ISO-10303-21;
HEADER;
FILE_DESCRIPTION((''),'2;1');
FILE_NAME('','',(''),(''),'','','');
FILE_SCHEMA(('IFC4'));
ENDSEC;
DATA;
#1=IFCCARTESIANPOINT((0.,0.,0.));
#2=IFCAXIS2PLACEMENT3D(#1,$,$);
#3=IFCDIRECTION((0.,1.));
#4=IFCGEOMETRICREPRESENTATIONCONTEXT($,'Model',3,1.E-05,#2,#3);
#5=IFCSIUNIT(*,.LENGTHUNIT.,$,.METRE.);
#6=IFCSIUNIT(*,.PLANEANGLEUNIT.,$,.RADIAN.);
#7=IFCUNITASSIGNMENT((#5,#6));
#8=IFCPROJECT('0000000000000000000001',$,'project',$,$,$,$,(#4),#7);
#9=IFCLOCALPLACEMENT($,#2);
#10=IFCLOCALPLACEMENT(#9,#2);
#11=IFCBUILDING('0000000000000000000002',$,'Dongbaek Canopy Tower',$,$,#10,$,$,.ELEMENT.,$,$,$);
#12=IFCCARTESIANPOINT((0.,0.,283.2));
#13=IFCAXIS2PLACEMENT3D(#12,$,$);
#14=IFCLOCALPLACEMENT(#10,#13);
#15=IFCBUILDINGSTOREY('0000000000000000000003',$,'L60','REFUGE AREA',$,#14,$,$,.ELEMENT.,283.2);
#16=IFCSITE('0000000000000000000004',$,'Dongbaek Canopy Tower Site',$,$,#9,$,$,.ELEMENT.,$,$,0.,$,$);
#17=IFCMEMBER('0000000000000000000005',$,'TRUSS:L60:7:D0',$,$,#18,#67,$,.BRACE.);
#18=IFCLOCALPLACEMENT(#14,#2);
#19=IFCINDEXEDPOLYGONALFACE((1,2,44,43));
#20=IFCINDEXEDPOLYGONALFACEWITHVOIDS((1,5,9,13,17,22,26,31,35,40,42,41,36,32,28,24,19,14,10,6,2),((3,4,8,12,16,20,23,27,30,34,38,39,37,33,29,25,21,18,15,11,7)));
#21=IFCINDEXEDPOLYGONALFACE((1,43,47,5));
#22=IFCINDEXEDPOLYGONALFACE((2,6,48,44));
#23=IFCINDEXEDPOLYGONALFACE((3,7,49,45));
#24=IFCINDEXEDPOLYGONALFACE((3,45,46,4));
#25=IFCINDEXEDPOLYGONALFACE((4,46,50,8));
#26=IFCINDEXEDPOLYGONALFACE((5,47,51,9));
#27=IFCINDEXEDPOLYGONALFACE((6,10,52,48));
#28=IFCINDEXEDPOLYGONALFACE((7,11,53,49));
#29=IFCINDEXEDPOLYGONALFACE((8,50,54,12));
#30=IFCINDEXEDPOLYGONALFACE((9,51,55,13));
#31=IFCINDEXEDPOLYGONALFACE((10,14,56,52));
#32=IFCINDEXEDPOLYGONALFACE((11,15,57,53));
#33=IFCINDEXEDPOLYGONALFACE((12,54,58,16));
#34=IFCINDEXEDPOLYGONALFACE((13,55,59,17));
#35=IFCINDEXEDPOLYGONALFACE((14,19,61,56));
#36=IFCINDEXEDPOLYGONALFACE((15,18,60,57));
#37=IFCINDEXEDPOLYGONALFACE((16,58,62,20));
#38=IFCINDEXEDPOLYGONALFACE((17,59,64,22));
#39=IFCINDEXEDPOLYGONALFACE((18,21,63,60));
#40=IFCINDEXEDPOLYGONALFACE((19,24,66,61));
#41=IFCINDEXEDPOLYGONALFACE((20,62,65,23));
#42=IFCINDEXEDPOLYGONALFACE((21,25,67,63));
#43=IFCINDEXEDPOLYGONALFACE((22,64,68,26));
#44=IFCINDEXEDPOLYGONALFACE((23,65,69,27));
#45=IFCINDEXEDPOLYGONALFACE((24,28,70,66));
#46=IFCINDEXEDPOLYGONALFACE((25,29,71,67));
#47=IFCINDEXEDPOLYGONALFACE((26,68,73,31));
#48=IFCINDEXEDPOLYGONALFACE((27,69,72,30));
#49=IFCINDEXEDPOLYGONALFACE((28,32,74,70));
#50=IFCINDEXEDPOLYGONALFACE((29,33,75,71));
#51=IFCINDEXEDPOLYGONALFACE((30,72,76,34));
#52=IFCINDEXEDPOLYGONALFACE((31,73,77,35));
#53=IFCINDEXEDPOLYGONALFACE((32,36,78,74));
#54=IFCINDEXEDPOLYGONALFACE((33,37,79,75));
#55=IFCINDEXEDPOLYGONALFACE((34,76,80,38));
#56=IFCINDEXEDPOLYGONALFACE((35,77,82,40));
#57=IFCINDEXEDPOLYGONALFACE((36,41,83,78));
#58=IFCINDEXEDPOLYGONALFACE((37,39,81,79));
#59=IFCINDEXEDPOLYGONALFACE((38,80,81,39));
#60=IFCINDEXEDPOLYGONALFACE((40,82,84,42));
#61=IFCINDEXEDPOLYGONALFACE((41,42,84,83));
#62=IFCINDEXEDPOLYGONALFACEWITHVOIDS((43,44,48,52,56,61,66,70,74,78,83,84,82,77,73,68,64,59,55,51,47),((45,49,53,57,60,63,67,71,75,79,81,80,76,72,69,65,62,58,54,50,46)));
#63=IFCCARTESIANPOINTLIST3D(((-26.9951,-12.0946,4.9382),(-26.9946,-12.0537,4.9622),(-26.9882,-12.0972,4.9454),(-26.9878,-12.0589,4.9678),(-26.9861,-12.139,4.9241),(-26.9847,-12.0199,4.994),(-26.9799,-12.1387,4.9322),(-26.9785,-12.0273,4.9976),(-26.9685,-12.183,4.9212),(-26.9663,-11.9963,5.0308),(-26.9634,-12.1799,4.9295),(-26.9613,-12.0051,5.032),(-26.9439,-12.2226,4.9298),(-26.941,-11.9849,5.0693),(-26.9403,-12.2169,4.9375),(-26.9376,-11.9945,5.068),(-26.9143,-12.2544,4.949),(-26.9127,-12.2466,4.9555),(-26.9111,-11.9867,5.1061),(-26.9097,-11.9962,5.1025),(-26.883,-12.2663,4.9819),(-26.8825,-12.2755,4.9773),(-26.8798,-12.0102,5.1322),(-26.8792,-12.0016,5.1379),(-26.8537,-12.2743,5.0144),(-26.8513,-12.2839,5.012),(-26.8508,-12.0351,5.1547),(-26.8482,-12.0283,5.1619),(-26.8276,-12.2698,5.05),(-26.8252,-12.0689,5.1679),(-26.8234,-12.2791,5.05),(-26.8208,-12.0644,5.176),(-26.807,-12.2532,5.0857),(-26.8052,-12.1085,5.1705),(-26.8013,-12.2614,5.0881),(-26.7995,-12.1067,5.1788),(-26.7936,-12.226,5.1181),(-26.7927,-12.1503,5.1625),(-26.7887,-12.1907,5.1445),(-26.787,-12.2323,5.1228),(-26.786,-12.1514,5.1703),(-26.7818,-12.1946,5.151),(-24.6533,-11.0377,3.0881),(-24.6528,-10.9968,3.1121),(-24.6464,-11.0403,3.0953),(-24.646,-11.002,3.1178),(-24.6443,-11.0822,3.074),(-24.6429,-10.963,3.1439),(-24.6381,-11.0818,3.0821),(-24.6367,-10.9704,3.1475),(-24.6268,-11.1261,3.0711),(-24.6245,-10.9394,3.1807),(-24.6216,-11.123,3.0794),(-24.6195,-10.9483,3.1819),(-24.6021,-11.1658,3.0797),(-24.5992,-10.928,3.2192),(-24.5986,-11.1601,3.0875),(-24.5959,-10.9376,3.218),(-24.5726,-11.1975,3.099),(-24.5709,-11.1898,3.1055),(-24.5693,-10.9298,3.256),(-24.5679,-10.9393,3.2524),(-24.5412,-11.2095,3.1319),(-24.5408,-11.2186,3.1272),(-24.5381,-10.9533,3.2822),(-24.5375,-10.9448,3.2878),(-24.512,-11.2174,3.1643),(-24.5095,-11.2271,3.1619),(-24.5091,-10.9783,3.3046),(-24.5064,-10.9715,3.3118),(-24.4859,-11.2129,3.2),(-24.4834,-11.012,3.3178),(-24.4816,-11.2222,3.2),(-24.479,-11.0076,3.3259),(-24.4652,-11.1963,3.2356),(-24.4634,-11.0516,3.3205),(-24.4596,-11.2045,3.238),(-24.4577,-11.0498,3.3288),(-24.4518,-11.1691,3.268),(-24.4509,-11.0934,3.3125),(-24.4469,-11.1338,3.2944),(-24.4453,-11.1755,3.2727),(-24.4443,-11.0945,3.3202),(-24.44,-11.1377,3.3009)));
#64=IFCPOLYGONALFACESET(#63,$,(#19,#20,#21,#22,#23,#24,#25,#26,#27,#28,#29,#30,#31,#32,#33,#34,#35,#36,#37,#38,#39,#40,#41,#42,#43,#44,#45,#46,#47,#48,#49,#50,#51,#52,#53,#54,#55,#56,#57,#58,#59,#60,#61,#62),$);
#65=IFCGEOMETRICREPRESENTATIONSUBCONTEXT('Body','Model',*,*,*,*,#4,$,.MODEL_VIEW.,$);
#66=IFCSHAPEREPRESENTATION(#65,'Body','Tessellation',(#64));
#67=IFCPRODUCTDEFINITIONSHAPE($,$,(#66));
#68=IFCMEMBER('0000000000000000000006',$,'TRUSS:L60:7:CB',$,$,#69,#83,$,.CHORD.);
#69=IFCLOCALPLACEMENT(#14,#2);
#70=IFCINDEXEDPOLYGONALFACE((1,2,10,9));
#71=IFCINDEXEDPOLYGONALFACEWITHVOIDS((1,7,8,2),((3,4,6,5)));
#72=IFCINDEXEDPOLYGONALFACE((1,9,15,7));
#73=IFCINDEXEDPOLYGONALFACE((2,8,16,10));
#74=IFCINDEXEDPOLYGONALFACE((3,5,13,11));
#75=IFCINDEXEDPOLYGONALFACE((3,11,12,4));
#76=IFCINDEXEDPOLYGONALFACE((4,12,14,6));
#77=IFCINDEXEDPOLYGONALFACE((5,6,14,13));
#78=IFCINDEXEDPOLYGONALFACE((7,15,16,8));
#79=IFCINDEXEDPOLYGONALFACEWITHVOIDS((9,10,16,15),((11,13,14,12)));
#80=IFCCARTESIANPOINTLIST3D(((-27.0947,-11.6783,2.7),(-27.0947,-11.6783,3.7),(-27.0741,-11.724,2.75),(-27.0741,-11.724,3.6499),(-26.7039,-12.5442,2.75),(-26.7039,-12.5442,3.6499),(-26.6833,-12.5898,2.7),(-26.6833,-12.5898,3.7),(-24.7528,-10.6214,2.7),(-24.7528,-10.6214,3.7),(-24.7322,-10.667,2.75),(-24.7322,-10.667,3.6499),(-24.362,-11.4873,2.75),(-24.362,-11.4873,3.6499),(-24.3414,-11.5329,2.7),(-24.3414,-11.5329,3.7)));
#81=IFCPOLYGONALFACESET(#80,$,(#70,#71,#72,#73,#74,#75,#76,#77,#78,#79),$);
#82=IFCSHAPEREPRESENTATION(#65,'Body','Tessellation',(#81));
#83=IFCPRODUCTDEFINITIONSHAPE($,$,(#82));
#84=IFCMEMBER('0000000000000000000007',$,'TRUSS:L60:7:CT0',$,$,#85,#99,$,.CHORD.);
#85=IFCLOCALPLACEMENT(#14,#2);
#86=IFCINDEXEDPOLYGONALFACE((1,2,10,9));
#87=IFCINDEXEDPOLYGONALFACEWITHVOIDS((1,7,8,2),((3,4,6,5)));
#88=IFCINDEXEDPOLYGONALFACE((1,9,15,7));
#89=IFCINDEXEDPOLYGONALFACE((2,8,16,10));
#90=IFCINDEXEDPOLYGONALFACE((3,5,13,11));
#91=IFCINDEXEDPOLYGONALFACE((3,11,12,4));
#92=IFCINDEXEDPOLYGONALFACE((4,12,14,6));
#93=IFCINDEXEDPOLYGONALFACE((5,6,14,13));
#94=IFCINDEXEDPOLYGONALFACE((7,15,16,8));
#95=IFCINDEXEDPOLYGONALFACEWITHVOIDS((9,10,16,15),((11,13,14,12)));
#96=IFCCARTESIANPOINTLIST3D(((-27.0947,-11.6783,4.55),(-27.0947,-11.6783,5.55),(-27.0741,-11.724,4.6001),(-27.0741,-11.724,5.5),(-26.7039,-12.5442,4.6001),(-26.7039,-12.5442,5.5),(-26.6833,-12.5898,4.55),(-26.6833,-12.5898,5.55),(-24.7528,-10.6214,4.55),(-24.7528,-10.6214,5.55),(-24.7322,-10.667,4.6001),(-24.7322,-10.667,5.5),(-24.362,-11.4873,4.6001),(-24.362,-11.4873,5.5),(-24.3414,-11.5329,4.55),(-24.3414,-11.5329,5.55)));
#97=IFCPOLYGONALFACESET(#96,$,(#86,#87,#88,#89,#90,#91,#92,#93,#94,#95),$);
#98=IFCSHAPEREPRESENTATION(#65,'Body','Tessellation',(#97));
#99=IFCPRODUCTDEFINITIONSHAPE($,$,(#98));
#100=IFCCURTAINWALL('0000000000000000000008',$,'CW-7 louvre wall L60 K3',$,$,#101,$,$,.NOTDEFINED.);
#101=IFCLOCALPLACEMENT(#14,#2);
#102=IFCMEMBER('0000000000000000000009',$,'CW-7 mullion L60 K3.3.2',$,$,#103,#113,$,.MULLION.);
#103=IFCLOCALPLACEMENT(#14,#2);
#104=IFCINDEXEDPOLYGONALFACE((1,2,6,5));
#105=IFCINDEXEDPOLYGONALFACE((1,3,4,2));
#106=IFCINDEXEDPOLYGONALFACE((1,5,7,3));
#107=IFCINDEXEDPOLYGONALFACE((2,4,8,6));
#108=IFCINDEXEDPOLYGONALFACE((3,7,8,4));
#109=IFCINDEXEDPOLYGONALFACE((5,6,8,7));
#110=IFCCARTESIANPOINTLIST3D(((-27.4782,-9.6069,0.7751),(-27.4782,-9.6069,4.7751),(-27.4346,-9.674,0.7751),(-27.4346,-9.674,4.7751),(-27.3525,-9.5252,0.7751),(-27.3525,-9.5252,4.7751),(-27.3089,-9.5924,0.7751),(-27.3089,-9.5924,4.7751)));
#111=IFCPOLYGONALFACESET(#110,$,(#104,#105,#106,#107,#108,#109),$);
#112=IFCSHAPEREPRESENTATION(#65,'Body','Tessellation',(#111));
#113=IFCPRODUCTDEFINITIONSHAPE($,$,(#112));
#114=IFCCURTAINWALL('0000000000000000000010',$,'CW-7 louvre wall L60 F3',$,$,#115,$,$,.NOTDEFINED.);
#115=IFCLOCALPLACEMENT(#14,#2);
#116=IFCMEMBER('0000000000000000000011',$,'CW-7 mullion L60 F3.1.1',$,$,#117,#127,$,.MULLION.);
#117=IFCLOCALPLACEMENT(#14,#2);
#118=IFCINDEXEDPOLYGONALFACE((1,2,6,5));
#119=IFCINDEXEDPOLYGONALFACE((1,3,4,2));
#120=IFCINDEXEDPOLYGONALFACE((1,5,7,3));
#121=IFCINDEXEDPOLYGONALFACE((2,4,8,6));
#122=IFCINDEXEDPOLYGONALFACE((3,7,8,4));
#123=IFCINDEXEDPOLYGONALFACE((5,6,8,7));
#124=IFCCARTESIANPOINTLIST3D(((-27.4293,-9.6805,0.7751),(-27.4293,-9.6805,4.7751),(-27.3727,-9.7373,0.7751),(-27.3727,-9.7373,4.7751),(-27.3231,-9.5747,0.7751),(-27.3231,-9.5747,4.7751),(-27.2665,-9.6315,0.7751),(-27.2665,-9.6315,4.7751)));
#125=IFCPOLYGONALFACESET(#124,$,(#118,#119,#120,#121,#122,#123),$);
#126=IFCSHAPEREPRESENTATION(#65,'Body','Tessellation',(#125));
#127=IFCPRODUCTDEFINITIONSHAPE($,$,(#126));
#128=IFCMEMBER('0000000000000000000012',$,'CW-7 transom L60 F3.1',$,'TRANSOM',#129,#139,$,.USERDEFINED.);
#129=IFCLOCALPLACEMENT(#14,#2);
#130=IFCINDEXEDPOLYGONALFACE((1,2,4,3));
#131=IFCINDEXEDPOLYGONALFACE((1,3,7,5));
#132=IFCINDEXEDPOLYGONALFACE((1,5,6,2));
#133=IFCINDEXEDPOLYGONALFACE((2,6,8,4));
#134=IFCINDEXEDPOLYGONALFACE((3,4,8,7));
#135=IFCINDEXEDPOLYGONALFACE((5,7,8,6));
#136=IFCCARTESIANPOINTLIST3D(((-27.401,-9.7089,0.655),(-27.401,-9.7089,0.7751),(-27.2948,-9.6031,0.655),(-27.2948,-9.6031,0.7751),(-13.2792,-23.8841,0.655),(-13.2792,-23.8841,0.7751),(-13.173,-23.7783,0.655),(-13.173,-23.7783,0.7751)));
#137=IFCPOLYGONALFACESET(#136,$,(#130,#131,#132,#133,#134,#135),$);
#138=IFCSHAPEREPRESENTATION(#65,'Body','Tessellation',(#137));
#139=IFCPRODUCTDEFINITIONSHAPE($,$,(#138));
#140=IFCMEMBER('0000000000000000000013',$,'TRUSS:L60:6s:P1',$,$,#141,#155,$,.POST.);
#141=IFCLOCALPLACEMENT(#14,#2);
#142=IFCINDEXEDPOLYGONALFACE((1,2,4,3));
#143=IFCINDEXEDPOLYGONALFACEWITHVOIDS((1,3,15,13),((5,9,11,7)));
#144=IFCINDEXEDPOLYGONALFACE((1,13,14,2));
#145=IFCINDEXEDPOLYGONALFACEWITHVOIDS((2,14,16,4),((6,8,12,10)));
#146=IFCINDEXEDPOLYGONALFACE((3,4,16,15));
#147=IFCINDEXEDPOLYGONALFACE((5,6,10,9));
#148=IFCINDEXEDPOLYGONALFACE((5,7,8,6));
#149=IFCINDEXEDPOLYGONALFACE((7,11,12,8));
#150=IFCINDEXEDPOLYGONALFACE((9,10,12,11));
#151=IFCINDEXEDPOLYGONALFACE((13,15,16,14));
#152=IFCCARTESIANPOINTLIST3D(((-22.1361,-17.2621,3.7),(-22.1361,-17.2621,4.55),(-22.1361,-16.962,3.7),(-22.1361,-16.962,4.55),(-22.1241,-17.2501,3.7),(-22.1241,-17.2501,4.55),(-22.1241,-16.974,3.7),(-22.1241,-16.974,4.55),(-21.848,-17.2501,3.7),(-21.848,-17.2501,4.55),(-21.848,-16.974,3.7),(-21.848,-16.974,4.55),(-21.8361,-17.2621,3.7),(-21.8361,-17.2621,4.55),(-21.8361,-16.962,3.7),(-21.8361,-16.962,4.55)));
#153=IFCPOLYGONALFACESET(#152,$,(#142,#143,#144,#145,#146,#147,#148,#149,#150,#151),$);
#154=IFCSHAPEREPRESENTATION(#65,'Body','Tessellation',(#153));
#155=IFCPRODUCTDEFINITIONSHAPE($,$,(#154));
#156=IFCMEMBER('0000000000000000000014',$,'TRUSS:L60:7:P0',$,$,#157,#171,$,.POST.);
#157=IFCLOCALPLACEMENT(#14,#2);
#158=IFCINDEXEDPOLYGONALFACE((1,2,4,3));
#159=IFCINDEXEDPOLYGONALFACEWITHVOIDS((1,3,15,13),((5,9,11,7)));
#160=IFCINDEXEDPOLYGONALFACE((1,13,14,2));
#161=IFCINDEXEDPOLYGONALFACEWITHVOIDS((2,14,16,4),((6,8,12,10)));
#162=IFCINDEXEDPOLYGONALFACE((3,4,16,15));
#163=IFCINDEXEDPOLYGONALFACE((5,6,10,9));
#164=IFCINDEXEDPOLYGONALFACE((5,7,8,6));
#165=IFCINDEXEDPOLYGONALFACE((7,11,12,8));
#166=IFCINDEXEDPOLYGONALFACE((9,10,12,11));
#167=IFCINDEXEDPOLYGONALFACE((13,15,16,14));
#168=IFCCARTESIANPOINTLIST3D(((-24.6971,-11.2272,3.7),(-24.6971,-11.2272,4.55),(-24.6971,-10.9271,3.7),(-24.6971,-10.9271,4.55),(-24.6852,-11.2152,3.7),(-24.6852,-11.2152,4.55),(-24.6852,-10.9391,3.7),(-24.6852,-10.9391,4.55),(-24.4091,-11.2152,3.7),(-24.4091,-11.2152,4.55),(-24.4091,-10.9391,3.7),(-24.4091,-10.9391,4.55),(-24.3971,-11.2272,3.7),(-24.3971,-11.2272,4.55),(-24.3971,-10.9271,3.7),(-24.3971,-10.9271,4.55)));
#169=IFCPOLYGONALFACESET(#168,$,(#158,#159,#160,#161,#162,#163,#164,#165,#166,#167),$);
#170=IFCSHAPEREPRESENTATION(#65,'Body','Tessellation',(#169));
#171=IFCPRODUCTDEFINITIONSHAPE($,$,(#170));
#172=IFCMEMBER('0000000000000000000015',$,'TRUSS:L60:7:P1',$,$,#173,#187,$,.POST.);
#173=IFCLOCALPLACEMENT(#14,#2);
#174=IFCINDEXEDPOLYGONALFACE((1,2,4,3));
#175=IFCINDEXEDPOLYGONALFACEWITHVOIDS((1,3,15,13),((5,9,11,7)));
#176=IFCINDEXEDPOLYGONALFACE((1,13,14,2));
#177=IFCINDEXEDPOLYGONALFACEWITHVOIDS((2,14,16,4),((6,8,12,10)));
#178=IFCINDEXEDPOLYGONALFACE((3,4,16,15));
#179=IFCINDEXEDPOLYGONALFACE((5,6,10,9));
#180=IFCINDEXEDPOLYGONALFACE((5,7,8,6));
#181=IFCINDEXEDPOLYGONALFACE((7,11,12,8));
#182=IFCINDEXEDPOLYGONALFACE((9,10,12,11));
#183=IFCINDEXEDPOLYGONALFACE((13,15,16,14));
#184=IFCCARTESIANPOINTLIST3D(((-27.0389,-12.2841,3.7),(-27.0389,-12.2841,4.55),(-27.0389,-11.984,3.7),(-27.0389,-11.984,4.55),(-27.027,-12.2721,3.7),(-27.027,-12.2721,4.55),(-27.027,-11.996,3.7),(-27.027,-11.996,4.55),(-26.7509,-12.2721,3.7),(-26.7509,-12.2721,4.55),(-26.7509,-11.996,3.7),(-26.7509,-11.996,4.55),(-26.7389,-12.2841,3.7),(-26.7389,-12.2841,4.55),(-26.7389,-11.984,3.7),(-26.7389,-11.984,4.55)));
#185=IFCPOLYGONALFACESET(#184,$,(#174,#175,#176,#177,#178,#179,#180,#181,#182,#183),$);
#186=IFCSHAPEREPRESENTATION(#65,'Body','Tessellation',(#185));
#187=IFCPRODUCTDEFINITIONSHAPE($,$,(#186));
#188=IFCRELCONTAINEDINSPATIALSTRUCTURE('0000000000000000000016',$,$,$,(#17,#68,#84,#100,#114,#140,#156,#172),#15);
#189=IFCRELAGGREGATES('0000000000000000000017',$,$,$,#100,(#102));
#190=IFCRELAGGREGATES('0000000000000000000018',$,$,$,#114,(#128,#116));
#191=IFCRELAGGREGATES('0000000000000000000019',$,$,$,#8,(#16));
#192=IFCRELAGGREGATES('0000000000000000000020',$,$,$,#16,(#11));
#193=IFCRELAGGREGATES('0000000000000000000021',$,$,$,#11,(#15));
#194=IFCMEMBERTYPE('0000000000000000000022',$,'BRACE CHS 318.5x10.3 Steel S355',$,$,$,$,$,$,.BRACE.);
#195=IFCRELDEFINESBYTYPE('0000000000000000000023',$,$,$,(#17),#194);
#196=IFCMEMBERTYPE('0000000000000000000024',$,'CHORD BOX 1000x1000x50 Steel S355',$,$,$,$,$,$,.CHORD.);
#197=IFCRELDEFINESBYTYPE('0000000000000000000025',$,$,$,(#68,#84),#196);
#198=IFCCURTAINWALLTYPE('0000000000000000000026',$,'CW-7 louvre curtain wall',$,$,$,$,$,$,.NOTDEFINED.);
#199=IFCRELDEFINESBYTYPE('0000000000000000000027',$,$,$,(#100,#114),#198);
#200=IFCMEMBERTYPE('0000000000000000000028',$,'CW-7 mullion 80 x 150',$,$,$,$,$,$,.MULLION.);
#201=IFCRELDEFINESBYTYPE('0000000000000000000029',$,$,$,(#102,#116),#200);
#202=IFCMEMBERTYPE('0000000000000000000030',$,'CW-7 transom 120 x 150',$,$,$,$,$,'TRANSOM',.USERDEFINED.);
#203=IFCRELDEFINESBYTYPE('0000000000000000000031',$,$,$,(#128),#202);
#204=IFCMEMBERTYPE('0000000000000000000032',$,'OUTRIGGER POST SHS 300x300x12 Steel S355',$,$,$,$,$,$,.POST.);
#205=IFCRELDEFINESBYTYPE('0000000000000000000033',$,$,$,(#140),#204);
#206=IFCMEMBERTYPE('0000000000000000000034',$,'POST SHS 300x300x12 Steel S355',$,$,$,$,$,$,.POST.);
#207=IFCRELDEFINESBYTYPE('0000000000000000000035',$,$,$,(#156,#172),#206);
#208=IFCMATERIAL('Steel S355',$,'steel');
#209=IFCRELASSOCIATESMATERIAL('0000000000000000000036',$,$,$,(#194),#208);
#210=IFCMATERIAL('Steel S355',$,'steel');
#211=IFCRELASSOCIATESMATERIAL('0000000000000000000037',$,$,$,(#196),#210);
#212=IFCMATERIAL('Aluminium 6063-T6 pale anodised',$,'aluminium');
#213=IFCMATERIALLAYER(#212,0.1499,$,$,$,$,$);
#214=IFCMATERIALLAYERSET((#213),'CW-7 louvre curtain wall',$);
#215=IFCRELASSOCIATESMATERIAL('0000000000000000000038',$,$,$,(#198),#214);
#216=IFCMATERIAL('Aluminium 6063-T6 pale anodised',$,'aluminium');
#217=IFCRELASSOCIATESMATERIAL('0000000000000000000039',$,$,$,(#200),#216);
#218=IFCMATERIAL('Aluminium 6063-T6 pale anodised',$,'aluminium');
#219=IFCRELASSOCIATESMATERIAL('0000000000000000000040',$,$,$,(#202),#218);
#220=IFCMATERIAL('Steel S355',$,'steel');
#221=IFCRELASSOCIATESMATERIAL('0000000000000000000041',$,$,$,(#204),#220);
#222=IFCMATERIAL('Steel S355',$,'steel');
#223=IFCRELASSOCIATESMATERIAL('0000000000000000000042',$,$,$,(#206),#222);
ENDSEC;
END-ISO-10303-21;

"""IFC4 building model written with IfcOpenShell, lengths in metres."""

from ifc_helpers import new_model, si_unit, direction, frame, origin, origin_2d, place, context, subcontext, project, spatial, rectangle, hollow_rectangle, hollow_circle, extrude, material, layer, layer_set, material_profile, profile_set, type_object, element, aggregate, save


model = new_model("IFC4")

# Units and contexts
model_context = context("Model", 3, precision=1e-05, world=origin(), true_north=direction((0.0, 1.0)))
body_context = subcontext(model_context, "Body", "Model", "MODEL_VIEW")
ifc_project = project(units=[si_unit("LENGTHUNIT", "METRE"), si_unit("PLANEANGLEUNIT", "RADIAN")], contexts=[model_context])

# Site, building, storey
site_placement = place(None, origin())
site = spatial("IfcSite", under=ifc_project, at=site_placement, Name="Dongbaek Canopy Tower Site", CompositionType="ELEMENT", RefElevation=0.0)
building_placement = place(site_placement, origin())
building = spatial("IfcBuilding", under=site, at=building_placement, Name="Dongbaek Canopy Tower", CompositionType="ELEMENT")
storey_placement = place(building_placement, frame((0.0, 0.0, 283.2)))
storey = spatial("IfcBuildingStorey", under=building, at=storey_placement, Name="L60", Description="REFUGE AREA", CompositionType="ELEMENT", Elevation=283.2)

# Members
ifc_material_1 = material(Name="Steel S355", Category="steel")
ifc_material_profile_1 = material_profile(ifc_material_1, hollow_circle(Radius=0.1592, WallThickness=0.0103, at=origin_2d()), Name="BRACE CHS 318.5x10.3 Steel S355")
ifc_profile_set_1 = profile_set([ifc_material_profile_1], Name="Steel S355")
member_type_1 = type_object("IfcMemberType", Name="BRACE CHS 318.5x10.3 Steel S355", PredefinedType="BRACE", material=ifc_profile_set_1)
member_1_placement = place(storey_placement, frame((-24.5471, -11.0771, 3.2), z_axis=(-0.739659, -0.333818, 0.584355), x_axis=(0.41136, -0.911473, 0.0)))
element("IfcMember", 1, at=member_1_placement, inside=storey, type_object=member_type_1, Name="TRUSS:L60:7:D0", PredefinedType="BRACE", context=body_context, shape_type="SweptSolid", body=[
    extrude(hollow_circle(Radius=0.1592, WallThickness=0.0103, at=origin_2d()), origin(), (0.0, 0.0, 1.0), 3.166),
])
ifc_material_2 = material(Name="Steel S355", Category="steel")
ifc_material_profile_2 = material_profile(ifc_material_2, hollow_rectangle(XDim=1.0, YDim=1.0, WallThickness=0.05, at=origin_2d()), Name="CHORD BOX 1000x1000x50 Steel S355")
ifc_profile_set_2 = profile_set([ifc_material_profile_2], Name="Steel S355")
member_type_2 = type_object("IfcMemberType", Name="CHORD BOX 1000x1000x50 Steel S355", PredefinedType="CHORD", material=ifc_profile_set_2)
for number, where, z_axis, x_axis, name in (
    (2, (-24.5471, -11.0771, 3.2), (-0.911473, -0.41136, 0.0), (0.41136, -0.911473, 0.0), "TRUSS:L60:7:CB"),
    (3, (-24.5471, -11.0771, 5.05), (-0.911473, -0.41136, 0.0), (0.41136, -0.911473, 0.0), "TRUSS:L60:7:CT0"),
):
    element("IfcMember", number, at=place(storey_placement, frame(where, z_axis=z_axis, x_axis=x_axis)), inside=storey, type_object=member_type_2, Name=name, PredefinedType="CHORD", context=body_context, shape_type="SweptSolid", body=[
        extrude(hollow_rectangle(XDim=1.0, YDim=1.0, WallThickness=0.05, at=origin_2d()), origin(), (0.0, 0.0, 1.0), 2.5693),
    ])

# Curtain wall, member
ifc_material_3 = material(Name="Aluminium 6063-T6 pale anodised", Category="aluminium")
ifc_layer_1 = layer(ifc_material_3, 0.1499)
ifc_layer_set_1 = layer_set([ifc_layer_1], Name="CW-7 louvre curtain wall")
curtain_wall_type = type_object("IfcCurtainWallType", Name="CW-7 louvre curtain wall", PredefinedType="NOTDEFINED", material=ifc_layer_set_1)
curtain_wall_1_placement = place(storey_placement, origin())
curtain_wall_1 = element("IfcCurtainWall", 4, at=curtain_wall_1_placement, inside=storey, type_object=curtain_wall_type, Name="CW-7 louvre wall L60 K3", PredefinedType="NOTDEFINED")
ifc_material_4 = material(Name="Aluminium 6063-T6 pale anodised", Category="aluminium")
ifc_material_profile_3 = material_profile(ifc_material_4, rectangle(XDim=0.1499, YDim=0.0801, at=origin_2d()), Name="CW-7 mullion 80 x 150")
ifc_profile_set_3 = profile_set([ifc_material_profile_3], Name="Aluminium 6063-T6 pale anodised")
member_type_3 = type_object("IfcMemberType", Name="CW-7 mullion 80 x 150", PredefinedType="MULLION", material=ifc_profile_set_3)
member_2_placement = place(storey_placement, frame((-27.3936, -9.5996, 0.7751), z_axis=(0.0, 0.0, 1.0), x_axis=(-0.838611, -0.54473, 0.0)))
member_2 = element("IfcMember", 5, at=member_2_placement, type_object=member_type_3, Name="CW-7 mullion L60 K3.3.2", PredefinedType="MULLION", context=body_context, shape_type="SweptSolid", body=[
    extrude(rectangle(XDim=0.1499, YDim=0.0801, at=origin_2d()), origin(), (0.0, 0.0, 1.0), 4.0),
])
aggregate(curtain_wall_1, [member_2])

# Curtain wall, members
curtain_wall_2_placement = place(storey_placement, origin())
curtain_wall_2 = element("IfcCurtainWall", 6, at=curtain_wall_2_placement, inside=storey, type_object=curtain_wall_type, Name="CW-7 louvre wall L60 F3", PredefinedType="NOTDEFINED")
member_3_placement = place(storey_placement, frame((-27.3479, -9.656, 0.7751), z_axis=(0.0, 0.0, 1.0), x_axis=(-0.708443, -0.705768, 0.0)))
member_3 = element("IfcMember", 7, at=member_3_placement, type_object=member_type_3, Name="CW-7 mullion L60 F3.1.1", PredefinedType="MULLION", context=body_context, shape_type="SweptSolid", body=[
    extrude(rectangle(XDim=0.1499, YDim=0.0801, at=origin_2d()), origin(), (0.0, 0.0, 1.0), 4.0),
])
ifc_material_5 = material(Name="Aluminium 6063-T6 pale anodised", Category="aluminium")
ifc_material_profile_4 = material_profile(ifc_material_5, rectangle(XDim=0.1499, YDim=0.1201, at=origin_2d()), Name="CW-7 transom 120 x 150")
ifc_profile_set_4 = profile_set([ifc_material_profile_4], Name="Aluminium 6063-T6 pale anodised")
member_type_4 = type_object("IfcMemberType", Name="CW-7 transom 120 x 150", ElementType="TRANSOM", PredefinedType="USERDEFINED", material=ifc_profile_set_4)
member_4_placement = place(storey_placement, frame((-27.3479, -9.656, 0.7151), z_axis=(0.705769, -0.708442, 0.0), x_axis=(0.708442, 0.705769, 0.0)))
member_4 = element("IfcMember", 8, at=member_4_placement, type_object=member_type_4, Name="CW-7 transom L60 F3.1", ObjectType="TRANSOM", PredefinedType="USERDEFINED", context=body_context, shape_type="SweptSolid", body=[
    extrude(rectangle(XDim=0.1499, YDim=0.1201, at=origin_2d()), origin(), (0.0, 0.0, 1.0), 20.009),
])

# Members
ifc_material_6 = material(Name="Steel S355", Category="steel")
ifc_material_profile_5 = material_profile(ifc_material_6, hollow_rectangle(XDim=0.3, YDim=0.3, WallThickness=0.012, at=origin_2d()), Name="OUTRIGGER POST SHS 300x300x12 Steel S355")
ifc_profile_set_5 = profile_set([ifc_material_profile_5], Name="Steel S355")
member_type_5 = type_object("IfcMemberType", Name="OUTRIGGER POST SHS 300x300x12 Steel S355", PredefinedType="POST", material=ifc_profile_set_5)
member_5_placement = place(storey_placement, frame((-21.9861, -17.1121, 3.7), z_axis=(0.0, 0.0, 1.0), x_axis=(1.0, 0.0, 0.0)))
element("IfcMember", 9, at=member_5_placement, inside=storey, type_object=member_type_5, Name="TRUSS:L60:6s:P1", PredefinedType="POST", context=body_context, shape_type="SweptSolid", body=[
    extrude(hollow_rectangle(XDim=0.3, YDim=0.3, WallThickness=0.012, at=origin_2d()), origin(), (0.0, 0.0, 1.0), 0.8501),
])
ifc_material_7 = material(Name="Steel S355", Category="steel")
ifc_material_profile_6 = material_profile(ifc_material_7, hollow_rectangle(XDim=0.3, YDim=0.3, WallThickness=0.012, at=origin_2d()), Name="POST SHS 300x300x12 Steel S355")
ifc_profile_set_6 = profile_set([ifc_material_profile_6], Name="Steel S355")
member_type_6 = type_object("IfcMemberType", Name="POST SHS 300x300x12 Steel S355", PredefinedType="POST", material=ifc_profile_set_6)
for number, where, z_axis, x_axis, name in (
    (10, (-24.5471, -11.0771, 3.7), (0.0, 0.0, 1.0), (1.0, 0.0, 0.0), "TRUSS:L60:7:P0"),
    (11, (-26.8889, -12.134, 3.7), (0.0, 0.0, 1.0), (1.0, 0.0, 0.0), "TRUSS:L60:7:P1"),
):
    element("IfcMember", number, at=place(storey_placement, frame(where, z_axis=z_axis, x_axis=x_axis)), inside=storey, type_object=member_type_6, Name=name, PredefinedType="POST", context=body_context, shape_type="SweptSolid", body=[
        extrude(hollow_rectangle(XDim=0.3, YDim=0.3, WallThickness=0.012, at=origin_2d()), origin(), (0.0, 0.0, 1.0), 0.8501),
    ])

aggregate(curtain_wall_2, [member_4, member_3])

save(model, "model.ifc")
